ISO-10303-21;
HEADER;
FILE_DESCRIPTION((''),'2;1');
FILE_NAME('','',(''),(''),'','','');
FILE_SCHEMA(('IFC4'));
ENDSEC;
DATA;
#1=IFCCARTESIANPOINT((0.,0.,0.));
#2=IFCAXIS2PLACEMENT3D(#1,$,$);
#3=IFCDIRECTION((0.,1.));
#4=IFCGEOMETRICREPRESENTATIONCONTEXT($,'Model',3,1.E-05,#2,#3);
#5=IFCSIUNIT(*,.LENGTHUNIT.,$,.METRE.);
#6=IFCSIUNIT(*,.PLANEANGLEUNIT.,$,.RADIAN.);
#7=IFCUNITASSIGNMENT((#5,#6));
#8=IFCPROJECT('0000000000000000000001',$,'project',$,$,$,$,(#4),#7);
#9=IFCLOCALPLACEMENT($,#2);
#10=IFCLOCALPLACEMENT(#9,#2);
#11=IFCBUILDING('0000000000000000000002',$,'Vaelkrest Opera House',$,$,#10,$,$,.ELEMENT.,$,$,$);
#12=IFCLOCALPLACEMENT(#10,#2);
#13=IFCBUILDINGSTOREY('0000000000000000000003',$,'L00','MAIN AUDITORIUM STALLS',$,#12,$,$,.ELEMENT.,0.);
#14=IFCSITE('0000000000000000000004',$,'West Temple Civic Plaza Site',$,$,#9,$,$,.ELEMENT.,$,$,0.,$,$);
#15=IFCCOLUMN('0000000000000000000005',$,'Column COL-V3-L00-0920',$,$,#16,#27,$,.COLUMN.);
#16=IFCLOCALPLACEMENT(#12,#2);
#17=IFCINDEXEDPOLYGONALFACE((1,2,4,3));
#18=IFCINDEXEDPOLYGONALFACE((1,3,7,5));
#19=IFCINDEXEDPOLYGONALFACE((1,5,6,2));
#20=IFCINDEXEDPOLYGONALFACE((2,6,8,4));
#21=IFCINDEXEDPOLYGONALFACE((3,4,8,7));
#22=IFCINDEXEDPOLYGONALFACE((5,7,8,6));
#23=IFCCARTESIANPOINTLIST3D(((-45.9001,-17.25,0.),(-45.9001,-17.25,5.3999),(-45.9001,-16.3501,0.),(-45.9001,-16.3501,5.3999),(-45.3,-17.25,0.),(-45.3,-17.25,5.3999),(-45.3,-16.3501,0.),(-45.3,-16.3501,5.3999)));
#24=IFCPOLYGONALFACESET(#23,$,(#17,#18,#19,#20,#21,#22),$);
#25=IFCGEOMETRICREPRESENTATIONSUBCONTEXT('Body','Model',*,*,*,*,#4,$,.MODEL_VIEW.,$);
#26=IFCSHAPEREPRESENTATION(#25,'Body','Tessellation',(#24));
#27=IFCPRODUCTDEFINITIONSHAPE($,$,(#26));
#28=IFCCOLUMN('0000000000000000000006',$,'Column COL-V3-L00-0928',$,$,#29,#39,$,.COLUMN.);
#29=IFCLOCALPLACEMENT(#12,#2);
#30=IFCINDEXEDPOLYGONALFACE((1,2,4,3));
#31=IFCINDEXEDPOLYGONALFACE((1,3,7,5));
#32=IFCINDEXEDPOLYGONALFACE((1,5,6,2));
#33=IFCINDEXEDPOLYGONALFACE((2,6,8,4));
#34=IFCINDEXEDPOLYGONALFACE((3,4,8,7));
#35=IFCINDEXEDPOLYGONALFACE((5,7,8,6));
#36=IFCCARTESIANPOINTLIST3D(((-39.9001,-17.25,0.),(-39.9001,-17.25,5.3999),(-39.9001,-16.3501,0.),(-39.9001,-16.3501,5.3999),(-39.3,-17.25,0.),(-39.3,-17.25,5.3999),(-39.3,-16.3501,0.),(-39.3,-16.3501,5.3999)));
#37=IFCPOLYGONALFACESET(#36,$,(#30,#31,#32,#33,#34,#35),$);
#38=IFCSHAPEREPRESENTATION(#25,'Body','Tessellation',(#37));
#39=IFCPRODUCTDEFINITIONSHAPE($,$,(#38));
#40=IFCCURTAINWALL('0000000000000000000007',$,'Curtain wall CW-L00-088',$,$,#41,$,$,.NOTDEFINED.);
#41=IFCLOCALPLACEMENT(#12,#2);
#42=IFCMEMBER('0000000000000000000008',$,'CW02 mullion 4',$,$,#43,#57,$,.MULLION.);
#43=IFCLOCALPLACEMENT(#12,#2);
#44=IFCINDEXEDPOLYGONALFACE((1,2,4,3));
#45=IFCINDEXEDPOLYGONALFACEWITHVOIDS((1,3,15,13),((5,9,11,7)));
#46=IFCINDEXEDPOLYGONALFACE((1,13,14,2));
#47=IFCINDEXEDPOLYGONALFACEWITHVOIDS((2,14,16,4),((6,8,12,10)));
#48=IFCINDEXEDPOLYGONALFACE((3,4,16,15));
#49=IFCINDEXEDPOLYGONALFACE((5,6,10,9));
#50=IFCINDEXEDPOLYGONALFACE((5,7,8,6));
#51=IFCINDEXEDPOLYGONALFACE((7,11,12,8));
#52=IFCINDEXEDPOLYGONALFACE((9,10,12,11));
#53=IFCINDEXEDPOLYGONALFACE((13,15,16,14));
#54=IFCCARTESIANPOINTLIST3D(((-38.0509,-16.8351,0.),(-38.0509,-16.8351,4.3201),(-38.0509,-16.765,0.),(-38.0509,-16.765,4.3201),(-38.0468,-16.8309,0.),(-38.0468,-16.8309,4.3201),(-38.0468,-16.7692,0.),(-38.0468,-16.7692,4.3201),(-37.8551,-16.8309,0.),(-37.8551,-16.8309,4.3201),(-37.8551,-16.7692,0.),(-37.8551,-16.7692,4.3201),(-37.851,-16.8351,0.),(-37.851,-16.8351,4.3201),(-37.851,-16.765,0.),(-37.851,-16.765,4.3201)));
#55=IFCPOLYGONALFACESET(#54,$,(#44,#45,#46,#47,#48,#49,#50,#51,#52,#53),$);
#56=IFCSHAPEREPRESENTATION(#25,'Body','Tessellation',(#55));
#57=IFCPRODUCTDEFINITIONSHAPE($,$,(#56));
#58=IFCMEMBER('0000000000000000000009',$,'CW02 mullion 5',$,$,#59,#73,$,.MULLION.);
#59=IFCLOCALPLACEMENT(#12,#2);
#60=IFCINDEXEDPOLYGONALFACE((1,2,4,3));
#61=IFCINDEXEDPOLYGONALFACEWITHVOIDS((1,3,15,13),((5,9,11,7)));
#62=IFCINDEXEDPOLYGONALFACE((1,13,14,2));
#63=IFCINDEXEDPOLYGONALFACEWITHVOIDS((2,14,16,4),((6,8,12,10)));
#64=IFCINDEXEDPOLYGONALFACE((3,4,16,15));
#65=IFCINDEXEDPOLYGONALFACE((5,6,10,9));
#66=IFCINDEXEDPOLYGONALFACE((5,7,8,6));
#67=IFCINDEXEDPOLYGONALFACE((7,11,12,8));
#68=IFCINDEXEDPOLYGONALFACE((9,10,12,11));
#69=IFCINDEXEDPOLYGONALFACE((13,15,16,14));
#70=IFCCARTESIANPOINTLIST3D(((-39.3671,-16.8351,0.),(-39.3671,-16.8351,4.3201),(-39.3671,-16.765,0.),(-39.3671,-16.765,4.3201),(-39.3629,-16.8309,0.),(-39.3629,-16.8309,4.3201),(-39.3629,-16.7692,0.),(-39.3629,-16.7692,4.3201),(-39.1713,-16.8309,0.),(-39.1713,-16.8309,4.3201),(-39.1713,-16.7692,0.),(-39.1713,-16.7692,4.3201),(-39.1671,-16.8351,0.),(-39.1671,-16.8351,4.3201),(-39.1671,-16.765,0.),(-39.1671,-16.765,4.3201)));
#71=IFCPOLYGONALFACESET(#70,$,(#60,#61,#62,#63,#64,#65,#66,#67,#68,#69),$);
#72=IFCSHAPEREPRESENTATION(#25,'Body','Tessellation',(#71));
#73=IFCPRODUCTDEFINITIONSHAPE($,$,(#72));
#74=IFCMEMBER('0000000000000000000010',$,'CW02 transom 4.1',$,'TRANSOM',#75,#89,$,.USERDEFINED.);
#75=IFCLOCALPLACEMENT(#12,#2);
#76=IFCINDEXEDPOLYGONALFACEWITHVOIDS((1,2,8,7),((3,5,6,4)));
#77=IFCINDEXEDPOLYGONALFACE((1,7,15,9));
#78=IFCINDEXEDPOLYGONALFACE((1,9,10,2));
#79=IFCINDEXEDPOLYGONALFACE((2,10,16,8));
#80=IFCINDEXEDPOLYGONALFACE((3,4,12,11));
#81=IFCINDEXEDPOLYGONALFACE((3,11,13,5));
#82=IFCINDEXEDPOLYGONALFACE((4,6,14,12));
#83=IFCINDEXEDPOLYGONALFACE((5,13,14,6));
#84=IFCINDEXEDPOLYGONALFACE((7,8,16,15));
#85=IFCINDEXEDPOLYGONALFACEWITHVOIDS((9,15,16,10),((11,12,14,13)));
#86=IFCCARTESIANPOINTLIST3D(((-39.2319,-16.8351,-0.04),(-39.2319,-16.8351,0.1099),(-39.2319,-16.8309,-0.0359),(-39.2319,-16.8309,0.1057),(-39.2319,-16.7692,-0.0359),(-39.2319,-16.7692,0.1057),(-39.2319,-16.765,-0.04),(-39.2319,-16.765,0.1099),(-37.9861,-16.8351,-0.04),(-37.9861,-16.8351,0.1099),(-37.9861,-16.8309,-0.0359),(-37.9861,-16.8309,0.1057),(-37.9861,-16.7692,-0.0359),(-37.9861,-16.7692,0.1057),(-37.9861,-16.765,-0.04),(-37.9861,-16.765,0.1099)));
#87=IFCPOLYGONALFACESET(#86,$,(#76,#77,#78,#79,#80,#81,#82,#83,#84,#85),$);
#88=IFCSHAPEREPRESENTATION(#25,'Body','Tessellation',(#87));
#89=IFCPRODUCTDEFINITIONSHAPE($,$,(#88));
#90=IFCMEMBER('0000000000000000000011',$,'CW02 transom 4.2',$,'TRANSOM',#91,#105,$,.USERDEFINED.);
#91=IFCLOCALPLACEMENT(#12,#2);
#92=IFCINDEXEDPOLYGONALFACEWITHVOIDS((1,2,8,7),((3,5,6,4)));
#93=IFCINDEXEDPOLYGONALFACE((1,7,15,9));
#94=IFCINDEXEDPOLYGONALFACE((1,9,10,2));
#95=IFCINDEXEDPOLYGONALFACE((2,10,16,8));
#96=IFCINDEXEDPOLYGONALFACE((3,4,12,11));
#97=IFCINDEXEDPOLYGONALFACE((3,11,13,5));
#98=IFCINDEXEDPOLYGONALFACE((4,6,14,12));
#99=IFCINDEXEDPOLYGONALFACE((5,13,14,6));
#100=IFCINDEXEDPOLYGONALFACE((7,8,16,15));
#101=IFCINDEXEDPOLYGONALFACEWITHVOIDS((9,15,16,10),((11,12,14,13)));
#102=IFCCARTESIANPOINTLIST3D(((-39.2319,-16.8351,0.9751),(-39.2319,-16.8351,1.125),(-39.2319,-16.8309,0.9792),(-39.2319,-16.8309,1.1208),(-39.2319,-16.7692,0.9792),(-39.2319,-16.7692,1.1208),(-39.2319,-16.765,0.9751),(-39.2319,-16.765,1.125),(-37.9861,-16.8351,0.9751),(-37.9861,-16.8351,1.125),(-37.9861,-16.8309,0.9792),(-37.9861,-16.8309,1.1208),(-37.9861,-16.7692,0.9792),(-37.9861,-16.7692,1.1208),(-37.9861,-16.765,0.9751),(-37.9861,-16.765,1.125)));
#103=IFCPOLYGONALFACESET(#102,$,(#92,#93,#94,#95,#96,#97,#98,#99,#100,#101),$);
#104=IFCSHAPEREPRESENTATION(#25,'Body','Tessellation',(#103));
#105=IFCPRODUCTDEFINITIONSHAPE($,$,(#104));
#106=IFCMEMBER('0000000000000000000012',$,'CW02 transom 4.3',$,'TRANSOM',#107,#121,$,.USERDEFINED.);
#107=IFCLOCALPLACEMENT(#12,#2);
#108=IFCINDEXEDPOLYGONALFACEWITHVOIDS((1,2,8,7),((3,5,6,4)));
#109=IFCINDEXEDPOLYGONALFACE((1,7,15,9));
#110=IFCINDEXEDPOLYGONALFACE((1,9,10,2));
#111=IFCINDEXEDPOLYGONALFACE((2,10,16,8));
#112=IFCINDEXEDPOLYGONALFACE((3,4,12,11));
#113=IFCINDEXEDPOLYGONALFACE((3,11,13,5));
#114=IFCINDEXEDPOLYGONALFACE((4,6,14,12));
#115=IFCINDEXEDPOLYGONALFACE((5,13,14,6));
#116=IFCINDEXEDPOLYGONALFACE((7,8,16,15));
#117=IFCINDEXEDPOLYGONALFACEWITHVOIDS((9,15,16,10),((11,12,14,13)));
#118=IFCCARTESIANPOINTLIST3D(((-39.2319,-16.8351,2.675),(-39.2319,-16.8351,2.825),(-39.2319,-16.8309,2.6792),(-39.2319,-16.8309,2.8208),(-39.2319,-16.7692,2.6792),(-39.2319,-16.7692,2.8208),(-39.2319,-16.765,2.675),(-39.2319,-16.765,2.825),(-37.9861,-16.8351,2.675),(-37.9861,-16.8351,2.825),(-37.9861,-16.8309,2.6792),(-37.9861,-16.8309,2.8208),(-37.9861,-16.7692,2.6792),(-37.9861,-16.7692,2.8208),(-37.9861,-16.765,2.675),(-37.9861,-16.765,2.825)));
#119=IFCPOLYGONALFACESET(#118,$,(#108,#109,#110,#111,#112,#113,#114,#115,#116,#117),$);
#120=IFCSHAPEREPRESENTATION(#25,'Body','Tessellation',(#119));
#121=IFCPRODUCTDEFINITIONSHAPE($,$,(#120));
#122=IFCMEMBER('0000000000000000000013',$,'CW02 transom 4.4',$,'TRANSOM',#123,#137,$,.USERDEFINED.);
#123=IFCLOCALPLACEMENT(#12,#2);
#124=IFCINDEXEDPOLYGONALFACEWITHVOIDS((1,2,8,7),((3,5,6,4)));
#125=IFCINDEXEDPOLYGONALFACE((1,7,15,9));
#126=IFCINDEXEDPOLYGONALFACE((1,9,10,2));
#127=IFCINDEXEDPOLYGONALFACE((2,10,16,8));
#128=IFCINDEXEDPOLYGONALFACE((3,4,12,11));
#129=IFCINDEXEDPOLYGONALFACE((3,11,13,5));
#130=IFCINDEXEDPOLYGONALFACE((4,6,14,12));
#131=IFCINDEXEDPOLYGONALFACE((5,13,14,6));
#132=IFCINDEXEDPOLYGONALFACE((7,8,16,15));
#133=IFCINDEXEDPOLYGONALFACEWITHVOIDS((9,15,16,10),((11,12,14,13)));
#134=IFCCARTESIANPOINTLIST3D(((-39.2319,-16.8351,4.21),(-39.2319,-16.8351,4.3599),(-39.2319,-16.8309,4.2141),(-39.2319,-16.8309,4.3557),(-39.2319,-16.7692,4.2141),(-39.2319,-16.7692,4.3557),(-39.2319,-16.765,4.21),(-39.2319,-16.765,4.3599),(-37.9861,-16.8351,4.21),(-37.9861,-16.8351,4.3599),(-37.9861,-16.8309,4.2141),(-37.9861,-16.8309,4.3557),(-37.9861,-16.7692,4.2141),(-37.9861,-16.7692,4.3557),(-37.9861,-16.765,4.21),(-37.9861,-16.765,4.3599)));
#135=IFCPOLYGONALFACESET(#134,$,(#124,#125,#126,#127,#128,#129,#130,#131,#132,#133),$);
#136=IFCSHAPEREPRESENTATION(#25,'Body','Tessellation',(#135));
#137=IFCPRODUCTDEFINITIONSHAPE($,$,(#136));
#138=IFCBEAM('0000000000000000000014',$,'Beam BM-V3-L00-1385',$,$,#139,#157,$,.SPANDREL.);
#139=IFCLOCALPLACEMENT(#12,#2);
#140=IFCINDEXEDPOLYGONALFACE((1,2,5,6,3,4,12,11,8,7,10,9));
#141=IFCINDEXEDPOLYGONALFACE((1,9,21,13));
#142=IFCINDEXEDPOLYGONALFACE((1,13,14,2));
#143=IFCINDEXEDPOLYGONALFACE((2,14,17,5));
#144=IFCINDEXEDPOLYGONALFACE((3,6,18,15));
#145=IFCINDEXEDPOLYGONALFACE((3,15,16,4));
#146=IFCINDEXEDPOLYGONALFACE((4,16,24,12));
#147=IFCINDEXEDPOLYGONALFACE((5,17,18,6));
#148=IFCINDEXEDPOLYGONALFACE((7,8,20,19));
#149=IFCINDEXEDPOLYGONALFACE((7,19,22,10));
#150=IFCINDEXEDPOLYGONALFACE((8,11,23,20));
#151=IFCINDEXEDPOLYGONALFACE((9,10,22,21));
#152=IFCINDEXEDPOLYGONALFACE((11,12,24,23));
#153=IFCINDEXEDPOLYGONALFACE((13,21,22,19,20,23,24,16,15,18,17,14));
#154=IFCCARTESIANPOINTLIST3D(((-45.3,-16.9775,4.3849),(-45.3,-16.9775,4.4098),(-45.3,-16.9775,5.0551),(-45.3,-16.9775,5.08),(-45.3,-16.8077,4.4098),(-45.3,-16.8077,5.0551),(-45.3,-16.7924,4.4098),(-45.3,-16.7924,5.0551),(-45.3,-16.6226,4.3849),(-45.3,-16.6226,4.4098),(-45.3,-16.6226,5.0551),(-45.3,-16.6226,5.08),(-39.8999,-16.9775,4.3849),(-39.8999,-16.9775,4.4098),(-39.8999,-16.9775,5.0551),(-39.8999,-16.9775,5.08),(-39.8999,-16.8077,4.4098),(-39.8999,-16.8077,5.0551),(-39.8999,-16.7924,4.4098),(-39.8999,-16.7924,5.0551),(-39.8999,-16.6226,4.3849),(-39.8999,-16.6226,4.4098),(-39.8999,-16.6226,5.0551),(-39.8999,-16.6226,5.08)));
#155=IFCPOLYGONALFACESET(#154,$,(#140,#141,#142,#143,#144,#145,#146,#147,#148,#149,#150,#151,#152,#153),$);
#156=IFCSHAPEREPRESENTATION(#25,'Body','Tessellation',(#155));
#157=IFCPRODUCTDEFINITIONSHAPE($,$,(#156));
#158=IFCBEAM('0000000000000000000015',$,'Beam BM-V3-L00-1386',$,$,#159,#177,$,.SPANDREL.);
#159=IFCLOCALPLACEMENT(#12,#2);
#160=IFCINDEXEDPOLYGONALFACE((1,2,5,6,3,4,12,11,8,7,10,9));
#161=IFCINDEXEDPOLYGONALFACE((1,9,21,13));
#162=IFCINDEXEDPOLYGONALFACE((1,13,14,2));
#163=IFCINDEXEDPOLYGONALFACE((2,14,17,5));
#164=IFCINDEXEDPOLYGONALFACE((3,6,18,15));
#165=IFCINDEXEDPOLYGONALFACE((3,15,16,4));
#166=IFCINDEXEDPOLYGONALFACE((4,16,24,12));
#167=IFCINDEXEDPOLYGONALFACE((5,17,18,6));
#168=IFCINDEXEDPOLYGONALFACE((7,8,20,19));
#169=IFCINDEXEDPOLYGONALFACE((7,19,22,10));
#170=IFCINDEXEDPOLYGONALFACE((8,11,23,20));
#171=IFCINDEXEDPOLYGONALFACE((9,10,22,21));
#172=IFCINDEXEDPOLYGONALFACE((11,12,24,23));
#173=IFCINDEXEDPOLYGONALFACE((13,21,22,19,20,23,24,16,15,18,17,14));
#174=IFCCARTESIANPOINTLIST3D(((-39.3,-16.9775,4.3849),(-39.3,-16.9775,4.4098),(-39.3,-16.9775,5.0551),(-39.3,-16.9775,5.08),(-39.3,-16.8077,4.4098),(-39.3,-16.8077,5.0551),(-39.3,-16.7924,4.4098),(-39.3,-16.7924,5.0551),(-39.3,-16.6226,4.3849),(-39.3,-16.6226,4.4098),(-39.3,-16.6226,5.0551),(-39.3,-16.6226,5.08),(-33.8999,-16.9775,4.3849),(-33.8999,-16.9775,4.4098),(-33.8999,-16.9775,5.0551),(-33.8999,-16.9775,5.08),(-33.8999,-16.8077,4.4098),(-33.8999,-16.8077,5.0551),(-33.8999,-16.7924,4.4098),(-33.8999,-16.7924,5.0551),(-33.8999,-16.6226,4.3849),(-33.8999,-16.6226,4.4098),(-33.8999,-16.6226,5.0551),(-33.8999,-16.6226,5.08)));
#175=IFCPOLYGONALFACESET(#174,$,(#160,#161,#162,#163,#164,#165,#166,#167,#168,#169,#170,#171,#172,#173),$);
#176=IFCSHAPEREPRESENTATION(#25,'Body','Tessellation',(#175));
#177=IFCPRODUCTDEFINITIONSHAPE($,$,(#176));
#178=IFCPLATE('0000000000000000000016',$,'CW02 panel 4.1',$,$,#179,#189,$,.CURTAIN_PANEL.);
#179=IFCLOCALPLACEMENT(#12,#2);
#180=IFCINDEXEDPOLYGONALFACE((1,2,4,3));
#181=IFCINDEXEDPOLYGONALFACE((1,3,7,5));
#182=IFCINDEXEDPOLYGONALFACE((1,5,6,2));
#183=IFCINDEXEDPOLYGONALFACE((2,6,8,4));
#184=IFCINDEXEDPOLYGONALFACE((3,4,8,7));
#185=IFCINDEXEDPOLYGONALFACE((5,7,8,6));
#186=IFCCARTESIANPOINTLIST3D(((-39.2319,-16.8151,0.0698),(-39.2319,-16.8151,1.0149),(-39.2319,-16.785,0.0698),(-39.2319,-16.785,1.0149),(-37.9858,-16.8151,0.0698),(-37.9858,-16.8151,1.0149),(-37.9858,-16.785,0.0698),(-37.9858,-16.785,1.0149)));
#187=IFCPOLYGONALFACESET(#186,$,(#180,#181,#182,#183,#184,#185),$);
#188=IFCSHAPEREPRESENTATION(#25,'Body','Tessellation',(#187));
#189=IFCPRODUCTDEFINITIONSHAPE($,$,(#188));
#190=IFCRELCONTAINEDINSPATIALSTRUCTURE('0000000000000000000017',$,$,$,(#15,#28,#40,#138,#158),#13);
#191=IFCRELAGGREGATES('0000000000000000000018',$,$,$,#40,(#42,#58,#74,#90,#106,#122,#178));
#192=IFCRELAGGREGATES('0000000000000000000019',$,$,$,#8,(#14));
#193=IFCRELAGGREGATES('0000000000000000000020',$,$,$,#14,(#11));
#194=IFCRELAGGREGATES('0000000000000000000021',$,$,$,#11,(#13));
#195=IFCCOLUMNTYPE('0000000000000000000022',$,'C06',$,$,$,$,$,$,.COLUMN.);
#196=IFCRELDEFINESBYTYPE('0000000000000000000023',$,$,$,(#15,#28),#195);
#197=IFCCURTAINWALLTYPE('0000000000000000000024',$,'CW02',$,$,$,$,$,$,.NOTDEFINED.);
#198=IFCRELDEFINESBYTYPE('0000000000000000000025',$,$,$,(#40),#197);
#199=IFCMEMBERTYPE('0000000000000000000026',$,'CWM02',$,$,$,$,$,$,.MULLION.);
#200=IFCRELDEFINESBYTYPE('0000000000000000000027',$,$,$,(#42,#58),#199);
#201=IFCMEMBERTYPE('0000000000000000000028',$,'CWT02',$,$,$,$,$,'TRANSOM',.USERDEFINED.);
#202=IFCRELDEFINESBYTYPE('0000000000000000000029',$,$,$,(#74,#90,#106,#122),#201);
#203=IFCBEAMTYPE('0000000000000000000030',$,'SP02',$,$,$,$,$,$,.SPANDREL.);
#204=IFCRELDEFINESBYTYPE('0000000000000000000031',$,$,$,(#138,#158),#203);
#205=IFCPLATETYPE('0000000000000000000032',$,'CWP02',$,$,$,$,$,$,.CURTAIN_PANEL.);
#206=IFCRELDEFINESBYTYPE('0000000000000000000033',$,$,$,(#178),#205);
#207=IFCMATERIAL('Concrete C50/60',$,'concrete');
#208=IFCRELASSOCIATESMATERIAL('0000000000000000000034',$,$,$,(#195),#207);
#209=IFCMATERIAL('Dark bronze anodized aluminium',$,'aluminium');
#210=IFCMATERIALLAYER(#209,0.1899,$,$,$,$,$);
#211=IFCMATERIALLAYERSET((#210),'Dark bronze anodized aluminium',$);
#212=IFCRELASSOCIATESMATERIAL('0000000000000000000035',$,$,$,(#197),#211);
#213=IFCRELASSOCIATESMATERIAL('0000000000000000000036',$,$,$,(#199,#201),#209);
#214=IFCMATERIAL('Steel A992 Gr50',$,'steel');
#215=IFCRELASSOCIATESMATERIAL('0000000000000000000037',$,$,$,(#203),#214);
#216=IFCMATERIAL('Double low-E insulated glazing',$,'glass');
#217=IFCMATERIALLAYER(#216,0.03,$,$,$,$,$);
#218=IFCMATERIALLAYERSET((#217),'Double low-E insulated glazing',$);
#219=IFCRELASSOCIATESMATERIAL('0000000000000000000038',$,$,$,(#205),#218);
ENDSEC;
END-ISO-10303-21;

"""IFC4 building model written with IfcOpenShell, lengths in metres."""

from ifc_helpers import new_model, si_unit, direction, frame, origin, origin_2d, place, context, subcontext, project, spatial, rectangle, hollow_rectangle, i_section, extrude, material, layer, layer_set, material_profile, profile_set, type_object, element, aggregate, save


model = new_model("IFC4")

# Units and contexts
model_context = context("Model", 3, precision=1e-05, world=origin(), true_north=direction((0.0, 1.0)))
body_context = subcontext(model_context, "Body", "Model", "MODEL_VIEW")
ifc_project = project(units=[si_unit("LENGTHUNIT", "METRE"), si_unit("PLANEANGLEUNIT", "RADIAN")], contexts=[model_context])

# Site, building, storey
site_placement = place(None, origin())
site = spatial("IfcSite", under=ifc_project, at=site_placement, Name="West Temple Civic Plaza Site", CompositionType="ELEMENT", RefElevation=0.0)
building_placement = place(site_placement, origin())
building = spatial("IfcBuilding", under=site, at=building_placement, Name="Vaelkrest Opera House", CompositionType="ELEMENT")
storey_placement = place(building_placement, origin())
storey = spatial("IfcBuildingStorey", under=building, at=storey_placement, Name="L00", Description="MAIN AUDITORIUM STALLS", CompositionType="ELEMENT", Elevation=0.0)

# Columns
ifc_material_1 = material(Name="Concrete C50/60", Category="concrete")
ifc_material_profile_1 = material_profile(ifc_material_1, rectangle(XDim=0.6001, YDim=0.8999, at=origin_2d()), Name="RC600X900")
ifc_profile_set_1 = profile_set([ifc_material_profile_1], Name="Concrete C50/60")
column_type = type_object("IfcColumnType", Name="C06", PredefinedType="COLUMN", material=ifc_profile_set_1)
for number, where, z_axis, x_axis, name in (
    (1, (-45.6001, -16.8, 0.0), (0.0, 0.0, 1.0), (1.0, 0.0, 0.0), "Column COL-V3-L00-0920"),
    (2, (-39.6001, -16.8, 0.0), (0.0, 0.0, 1.0), (1.0, 0.0, 0.0), "Column COL-V3-L00-0928"),
):
    element("IfcColumn", number, at=place(storey_placement, frame(where, z_axis=z_axis, x_axis=x_axis)), inside=storey, type_object=column_type, Name=name, PredefinedType="COLUMN", context=body_context, shape_type="SweptSolid", body=[
        extrude(rectangle(XDim=0.6001, YDim=0.8999, at=origin_2d()), origin(), (0.0, 0.0, 1.0), 5.3999),
    ])

# Curtain wall, members
ifc_material_2 = material(Name="Dark bronze anodized aluminium", Category="aluminium")
ifc_layer_1 = layer(ifc_material_2, 0.1899)
ifc_layer_set_1 = layer_set([ifc_layer_1], Name="Dark bronze anodized aluminium")
curtain_wall_type = type_object("IfcCurtainWallType", Name="CW02", PredefinedType="NOTDEFINED", material=ifc_layer_set_1)
curtain_wall_placement = place(storey_placement, origin())
curtain_wall = element("IfcCurtainWall", 3, at=curtain_wall_placement, inside=storey, type_object=curtain_wall_type, Name="Curtain wall CW-L00-088", PredefinedType="NOTDEFINED")
ifc_material_profile_2 = material_profile(ifc_material_2, hollow_rectangle(XDim=0.0701, YDim=0.2, WallThickness=0.0042, at=origin_2d()), Name="CWM70X200")
ifc_profile_set_2 = profile_set([ifc_material_profile_2], Name="Dark bronze anodized aluminium")
member_type_1 = type_object("IfcMemberType", Name="CWM02", PredefinedType="MULLION", material=ifc_profile_set_2)
member_1_placement = place(storey_placement, frame((-37.9509, -16.8, 0.0), z_axis=(0.0, 0.0, 1.0), x_axis=(0.0, -1.0, 0.0)))
member_1 = element("IfcMember", 4, at=member_1_placement, type_object=member_type_1, Name="CW02 mullion 4", PredefinedType="MULLION", context=body_context, shape_type="SweptSolid", body=[
    extrude(hollow_rectangle(XDim=0.0701, YDim=0.2, WallThickness=0.0042, at=origin_2d()), origin(), (0.0, 0.0, 1.0), 4.3201),
])
member_2_placement = place(storey_placement, frame((-39.2671, -16.8, 0.0), z_axis=(0.0, 0.0, 1.0), x_axis=(0.0, -1.0, 0.0)))
member_2 = element("IfcMember", 5, at=member_2_placement, type_object=member_type_1, Name="CW02 mullion 5", PredefinedType="MULLION", context=body_context, shape_type="SweptSolid", body=[
    extrude(hollow_rectangle(XDim=0.0701, YDim=0.2, WallThickness=0.0042, at=origin_2d()), origin(), (0.0, 0.0, 1.0), 4.3201),
])
ifc_material_profile_3 = material_profile(ifc_material_2, hollow_rectangle(XDim=0.0701, YDim=0.1499, WallThickness=0.0042, at=origin_2d()), Name="CWT70X150")
ifc_profile_set_3 = profile_set([ifc_material_profile_3], Name="Dark bronze anodized aluminium")
member_type_2 = type_object("IfcMemberType", Name="CWT02", ElementType="TRANSOM", PredefinedType="USERDEFINED", material=ifc_profile_set_3)
member_3_placement = place(storey_placement, frame((-37.9861, -16.8, 0.0349), z_axis=(-1.0, 0.0, 0.0), x_axis=(0.0, -1.0, 0.0)))
member_3 = element("IfcMember", 6, at=member_3_placement, type_object=member_type_2, Name="CW02 transom 4.1", ObjectType="TRANSOM", PredefinedType="USERDEFINED", context=body_context, shape_type="SweptSolid", body=[
    extrude(hollow_rectangle(XDim=0.0701, YDim=0.1499, WallThickness=0.0042, at=origin_2d()), origin(), (0.0, 0.0, 1.0), 1.2458),
])
member_4_placement = place(storey_placement, frame((-37.9861, -16.8, 1.05), z_axis=(-1.0, 0.0, 0.0), x_axis=(0.0, -1.0, 0.0)))
member_4 = element("IfcMember", 7, at=member_4_placement, type_object=member_type_2, Name="CW02 transom 4.2", ObjectType="TRANSOM", PredefinedType="USERDEFINED", context=body_context, shape_type="SweptSolid", body=[
    extrude(hollow_rectangle(XDim=0.0701, YDim=0.1499, WallThickness=0.0042, at=origin_2d()), origin(), (0.0, 0.0, 1.0), 1.2458),
])
member_5_placement = place(storey_placement, frame((-37.9861, -16.8, 2.75), z_axis=(-1.0, 0.0, 0.0), x_axis=(0.0, -1.0, 0.0)))
member_5 = element("IfcMember", 8, at=member_5_placement, type_object=member_type_2, Name="CW02 transom 4.3", ObjectType="TRANSOM", PredefinedType="USERDEFINED", context=body_context, shape_type="SweptSolid", body=[
    extrude(hollow_rectangle(XDim=0.0701, YDim=0.1499, WallThickness=0.0042, at=origin_2d()), origin(), (0.0, 0.0, 1.0), 1.2458),
])
member_6_placement = place(storey_placement, frame((-37.9861, -16.8, 4.2849), z_axis=(-1.0, 0.0, 0.0), x_axis=(0.0, -1.0, 0.0)))
member_6 = element("IfcMember", 9, at=member_6_placement, type_object=member_type_2, Name="CW02 transom 4.4", ObjectType="TRANSOM", PredefinedType="USERDEFINED", context=body_context, shape_type="SweptSolid", body=[
    extrude(hollow_rectangle(XDim=0.0701, YDim=0.1499, WallThickness=0.0042, at=origin_2d()), origin(), (0.0, 0.0, 1.0), 1.2458),
])

# Beams
ifc_material_3 = material(Name="Steel A992 Gr50", Category="steel")
ifc_material_profile_4 = material_profile(ifc_material_3, i_section(OverallWidth=0.355, OverallDepth=0.6951, WebThickness=0.0154, FlangeThickness=0.0249, at=origin_2d()), Name="W27X146")
ifc_profile_set_4 = profile_set([ifc_material_profile_4], Name="Steel A992 Gr50")
beam_type = type_object("IfcBeamType", Name="SP02", PredefinedType="SPANDREL", material=ifc_profile_set_4)
for number, where, z_axis, x_axis, name in (
    (10, (-45.3, -16.8, 4.7324), (1.0, 0.0, 0.0), (0.0, 1.0, 0.0), "Beam BM-V3-L00-1385"),
    (11, (-39.3, -16.8, 4.7324), (1.0, 0.0, 0.0), (0.0, 1.0, 0.0), "Beam BM-V3-L00-1386"),
):
    element("IfcBeam", number, at=place(storey_placement, frame(where, z_axis=z_axis, x_axis=x_axis)), inside=storey, type_object=beam_type, Name=name, PredefinedType="SPANDREL", context=body_context, shape_type="SweptSolid", body=[
        extrude(i_section(OverallWidth=0.355, OverallDepth=0.6951, WebThickness=0.0154, FlangeThickness=0.0249, at=origin_2d()), origin(), (0.0, 0.0, 1.0), 5.4001),
    ])

# Plate
ifc_material_4 = material(Name="Double low-E insulated glazing", Category="glass")
ifc_layer_2 = layer(ifc_material_4, 0.03)
ifc_layer_set_2 = layer_set([ifc_layer_2], Name="Double low-E insulated glazing")
plate_type = type_object("IfcPlateType", Name="CWP02", PredefinedType="CURTAIN_PANEL", material=ifc_layer_set_2)
plate_1_placement = place(storey_placement, frame((-38.6089, -16.8, 0.0698), z_axis=(0.0, 0.0, 1.0), x_axis=(-1.0, 0.0, 0.0)))
plate_1 = element("IfcPlate", 12, at=plate_1_placement, type_object=plate_type, Name="CW02 panel 4.1", PredefinedType="CURTAIN_PANEL", context=body_context, shape_type="SweptSolid", body=[
    extrude(rectangle(XDim=1.2461, YDim=0.03, at=origin_2d()), origin(), (0.0, 0.0, 1.0), 0.9451),
])
aggregate(curtain_wall, [member_1, member_2, member_3, member_4, member_5, member_6, plate_1])

save(model, "model.ifc")
